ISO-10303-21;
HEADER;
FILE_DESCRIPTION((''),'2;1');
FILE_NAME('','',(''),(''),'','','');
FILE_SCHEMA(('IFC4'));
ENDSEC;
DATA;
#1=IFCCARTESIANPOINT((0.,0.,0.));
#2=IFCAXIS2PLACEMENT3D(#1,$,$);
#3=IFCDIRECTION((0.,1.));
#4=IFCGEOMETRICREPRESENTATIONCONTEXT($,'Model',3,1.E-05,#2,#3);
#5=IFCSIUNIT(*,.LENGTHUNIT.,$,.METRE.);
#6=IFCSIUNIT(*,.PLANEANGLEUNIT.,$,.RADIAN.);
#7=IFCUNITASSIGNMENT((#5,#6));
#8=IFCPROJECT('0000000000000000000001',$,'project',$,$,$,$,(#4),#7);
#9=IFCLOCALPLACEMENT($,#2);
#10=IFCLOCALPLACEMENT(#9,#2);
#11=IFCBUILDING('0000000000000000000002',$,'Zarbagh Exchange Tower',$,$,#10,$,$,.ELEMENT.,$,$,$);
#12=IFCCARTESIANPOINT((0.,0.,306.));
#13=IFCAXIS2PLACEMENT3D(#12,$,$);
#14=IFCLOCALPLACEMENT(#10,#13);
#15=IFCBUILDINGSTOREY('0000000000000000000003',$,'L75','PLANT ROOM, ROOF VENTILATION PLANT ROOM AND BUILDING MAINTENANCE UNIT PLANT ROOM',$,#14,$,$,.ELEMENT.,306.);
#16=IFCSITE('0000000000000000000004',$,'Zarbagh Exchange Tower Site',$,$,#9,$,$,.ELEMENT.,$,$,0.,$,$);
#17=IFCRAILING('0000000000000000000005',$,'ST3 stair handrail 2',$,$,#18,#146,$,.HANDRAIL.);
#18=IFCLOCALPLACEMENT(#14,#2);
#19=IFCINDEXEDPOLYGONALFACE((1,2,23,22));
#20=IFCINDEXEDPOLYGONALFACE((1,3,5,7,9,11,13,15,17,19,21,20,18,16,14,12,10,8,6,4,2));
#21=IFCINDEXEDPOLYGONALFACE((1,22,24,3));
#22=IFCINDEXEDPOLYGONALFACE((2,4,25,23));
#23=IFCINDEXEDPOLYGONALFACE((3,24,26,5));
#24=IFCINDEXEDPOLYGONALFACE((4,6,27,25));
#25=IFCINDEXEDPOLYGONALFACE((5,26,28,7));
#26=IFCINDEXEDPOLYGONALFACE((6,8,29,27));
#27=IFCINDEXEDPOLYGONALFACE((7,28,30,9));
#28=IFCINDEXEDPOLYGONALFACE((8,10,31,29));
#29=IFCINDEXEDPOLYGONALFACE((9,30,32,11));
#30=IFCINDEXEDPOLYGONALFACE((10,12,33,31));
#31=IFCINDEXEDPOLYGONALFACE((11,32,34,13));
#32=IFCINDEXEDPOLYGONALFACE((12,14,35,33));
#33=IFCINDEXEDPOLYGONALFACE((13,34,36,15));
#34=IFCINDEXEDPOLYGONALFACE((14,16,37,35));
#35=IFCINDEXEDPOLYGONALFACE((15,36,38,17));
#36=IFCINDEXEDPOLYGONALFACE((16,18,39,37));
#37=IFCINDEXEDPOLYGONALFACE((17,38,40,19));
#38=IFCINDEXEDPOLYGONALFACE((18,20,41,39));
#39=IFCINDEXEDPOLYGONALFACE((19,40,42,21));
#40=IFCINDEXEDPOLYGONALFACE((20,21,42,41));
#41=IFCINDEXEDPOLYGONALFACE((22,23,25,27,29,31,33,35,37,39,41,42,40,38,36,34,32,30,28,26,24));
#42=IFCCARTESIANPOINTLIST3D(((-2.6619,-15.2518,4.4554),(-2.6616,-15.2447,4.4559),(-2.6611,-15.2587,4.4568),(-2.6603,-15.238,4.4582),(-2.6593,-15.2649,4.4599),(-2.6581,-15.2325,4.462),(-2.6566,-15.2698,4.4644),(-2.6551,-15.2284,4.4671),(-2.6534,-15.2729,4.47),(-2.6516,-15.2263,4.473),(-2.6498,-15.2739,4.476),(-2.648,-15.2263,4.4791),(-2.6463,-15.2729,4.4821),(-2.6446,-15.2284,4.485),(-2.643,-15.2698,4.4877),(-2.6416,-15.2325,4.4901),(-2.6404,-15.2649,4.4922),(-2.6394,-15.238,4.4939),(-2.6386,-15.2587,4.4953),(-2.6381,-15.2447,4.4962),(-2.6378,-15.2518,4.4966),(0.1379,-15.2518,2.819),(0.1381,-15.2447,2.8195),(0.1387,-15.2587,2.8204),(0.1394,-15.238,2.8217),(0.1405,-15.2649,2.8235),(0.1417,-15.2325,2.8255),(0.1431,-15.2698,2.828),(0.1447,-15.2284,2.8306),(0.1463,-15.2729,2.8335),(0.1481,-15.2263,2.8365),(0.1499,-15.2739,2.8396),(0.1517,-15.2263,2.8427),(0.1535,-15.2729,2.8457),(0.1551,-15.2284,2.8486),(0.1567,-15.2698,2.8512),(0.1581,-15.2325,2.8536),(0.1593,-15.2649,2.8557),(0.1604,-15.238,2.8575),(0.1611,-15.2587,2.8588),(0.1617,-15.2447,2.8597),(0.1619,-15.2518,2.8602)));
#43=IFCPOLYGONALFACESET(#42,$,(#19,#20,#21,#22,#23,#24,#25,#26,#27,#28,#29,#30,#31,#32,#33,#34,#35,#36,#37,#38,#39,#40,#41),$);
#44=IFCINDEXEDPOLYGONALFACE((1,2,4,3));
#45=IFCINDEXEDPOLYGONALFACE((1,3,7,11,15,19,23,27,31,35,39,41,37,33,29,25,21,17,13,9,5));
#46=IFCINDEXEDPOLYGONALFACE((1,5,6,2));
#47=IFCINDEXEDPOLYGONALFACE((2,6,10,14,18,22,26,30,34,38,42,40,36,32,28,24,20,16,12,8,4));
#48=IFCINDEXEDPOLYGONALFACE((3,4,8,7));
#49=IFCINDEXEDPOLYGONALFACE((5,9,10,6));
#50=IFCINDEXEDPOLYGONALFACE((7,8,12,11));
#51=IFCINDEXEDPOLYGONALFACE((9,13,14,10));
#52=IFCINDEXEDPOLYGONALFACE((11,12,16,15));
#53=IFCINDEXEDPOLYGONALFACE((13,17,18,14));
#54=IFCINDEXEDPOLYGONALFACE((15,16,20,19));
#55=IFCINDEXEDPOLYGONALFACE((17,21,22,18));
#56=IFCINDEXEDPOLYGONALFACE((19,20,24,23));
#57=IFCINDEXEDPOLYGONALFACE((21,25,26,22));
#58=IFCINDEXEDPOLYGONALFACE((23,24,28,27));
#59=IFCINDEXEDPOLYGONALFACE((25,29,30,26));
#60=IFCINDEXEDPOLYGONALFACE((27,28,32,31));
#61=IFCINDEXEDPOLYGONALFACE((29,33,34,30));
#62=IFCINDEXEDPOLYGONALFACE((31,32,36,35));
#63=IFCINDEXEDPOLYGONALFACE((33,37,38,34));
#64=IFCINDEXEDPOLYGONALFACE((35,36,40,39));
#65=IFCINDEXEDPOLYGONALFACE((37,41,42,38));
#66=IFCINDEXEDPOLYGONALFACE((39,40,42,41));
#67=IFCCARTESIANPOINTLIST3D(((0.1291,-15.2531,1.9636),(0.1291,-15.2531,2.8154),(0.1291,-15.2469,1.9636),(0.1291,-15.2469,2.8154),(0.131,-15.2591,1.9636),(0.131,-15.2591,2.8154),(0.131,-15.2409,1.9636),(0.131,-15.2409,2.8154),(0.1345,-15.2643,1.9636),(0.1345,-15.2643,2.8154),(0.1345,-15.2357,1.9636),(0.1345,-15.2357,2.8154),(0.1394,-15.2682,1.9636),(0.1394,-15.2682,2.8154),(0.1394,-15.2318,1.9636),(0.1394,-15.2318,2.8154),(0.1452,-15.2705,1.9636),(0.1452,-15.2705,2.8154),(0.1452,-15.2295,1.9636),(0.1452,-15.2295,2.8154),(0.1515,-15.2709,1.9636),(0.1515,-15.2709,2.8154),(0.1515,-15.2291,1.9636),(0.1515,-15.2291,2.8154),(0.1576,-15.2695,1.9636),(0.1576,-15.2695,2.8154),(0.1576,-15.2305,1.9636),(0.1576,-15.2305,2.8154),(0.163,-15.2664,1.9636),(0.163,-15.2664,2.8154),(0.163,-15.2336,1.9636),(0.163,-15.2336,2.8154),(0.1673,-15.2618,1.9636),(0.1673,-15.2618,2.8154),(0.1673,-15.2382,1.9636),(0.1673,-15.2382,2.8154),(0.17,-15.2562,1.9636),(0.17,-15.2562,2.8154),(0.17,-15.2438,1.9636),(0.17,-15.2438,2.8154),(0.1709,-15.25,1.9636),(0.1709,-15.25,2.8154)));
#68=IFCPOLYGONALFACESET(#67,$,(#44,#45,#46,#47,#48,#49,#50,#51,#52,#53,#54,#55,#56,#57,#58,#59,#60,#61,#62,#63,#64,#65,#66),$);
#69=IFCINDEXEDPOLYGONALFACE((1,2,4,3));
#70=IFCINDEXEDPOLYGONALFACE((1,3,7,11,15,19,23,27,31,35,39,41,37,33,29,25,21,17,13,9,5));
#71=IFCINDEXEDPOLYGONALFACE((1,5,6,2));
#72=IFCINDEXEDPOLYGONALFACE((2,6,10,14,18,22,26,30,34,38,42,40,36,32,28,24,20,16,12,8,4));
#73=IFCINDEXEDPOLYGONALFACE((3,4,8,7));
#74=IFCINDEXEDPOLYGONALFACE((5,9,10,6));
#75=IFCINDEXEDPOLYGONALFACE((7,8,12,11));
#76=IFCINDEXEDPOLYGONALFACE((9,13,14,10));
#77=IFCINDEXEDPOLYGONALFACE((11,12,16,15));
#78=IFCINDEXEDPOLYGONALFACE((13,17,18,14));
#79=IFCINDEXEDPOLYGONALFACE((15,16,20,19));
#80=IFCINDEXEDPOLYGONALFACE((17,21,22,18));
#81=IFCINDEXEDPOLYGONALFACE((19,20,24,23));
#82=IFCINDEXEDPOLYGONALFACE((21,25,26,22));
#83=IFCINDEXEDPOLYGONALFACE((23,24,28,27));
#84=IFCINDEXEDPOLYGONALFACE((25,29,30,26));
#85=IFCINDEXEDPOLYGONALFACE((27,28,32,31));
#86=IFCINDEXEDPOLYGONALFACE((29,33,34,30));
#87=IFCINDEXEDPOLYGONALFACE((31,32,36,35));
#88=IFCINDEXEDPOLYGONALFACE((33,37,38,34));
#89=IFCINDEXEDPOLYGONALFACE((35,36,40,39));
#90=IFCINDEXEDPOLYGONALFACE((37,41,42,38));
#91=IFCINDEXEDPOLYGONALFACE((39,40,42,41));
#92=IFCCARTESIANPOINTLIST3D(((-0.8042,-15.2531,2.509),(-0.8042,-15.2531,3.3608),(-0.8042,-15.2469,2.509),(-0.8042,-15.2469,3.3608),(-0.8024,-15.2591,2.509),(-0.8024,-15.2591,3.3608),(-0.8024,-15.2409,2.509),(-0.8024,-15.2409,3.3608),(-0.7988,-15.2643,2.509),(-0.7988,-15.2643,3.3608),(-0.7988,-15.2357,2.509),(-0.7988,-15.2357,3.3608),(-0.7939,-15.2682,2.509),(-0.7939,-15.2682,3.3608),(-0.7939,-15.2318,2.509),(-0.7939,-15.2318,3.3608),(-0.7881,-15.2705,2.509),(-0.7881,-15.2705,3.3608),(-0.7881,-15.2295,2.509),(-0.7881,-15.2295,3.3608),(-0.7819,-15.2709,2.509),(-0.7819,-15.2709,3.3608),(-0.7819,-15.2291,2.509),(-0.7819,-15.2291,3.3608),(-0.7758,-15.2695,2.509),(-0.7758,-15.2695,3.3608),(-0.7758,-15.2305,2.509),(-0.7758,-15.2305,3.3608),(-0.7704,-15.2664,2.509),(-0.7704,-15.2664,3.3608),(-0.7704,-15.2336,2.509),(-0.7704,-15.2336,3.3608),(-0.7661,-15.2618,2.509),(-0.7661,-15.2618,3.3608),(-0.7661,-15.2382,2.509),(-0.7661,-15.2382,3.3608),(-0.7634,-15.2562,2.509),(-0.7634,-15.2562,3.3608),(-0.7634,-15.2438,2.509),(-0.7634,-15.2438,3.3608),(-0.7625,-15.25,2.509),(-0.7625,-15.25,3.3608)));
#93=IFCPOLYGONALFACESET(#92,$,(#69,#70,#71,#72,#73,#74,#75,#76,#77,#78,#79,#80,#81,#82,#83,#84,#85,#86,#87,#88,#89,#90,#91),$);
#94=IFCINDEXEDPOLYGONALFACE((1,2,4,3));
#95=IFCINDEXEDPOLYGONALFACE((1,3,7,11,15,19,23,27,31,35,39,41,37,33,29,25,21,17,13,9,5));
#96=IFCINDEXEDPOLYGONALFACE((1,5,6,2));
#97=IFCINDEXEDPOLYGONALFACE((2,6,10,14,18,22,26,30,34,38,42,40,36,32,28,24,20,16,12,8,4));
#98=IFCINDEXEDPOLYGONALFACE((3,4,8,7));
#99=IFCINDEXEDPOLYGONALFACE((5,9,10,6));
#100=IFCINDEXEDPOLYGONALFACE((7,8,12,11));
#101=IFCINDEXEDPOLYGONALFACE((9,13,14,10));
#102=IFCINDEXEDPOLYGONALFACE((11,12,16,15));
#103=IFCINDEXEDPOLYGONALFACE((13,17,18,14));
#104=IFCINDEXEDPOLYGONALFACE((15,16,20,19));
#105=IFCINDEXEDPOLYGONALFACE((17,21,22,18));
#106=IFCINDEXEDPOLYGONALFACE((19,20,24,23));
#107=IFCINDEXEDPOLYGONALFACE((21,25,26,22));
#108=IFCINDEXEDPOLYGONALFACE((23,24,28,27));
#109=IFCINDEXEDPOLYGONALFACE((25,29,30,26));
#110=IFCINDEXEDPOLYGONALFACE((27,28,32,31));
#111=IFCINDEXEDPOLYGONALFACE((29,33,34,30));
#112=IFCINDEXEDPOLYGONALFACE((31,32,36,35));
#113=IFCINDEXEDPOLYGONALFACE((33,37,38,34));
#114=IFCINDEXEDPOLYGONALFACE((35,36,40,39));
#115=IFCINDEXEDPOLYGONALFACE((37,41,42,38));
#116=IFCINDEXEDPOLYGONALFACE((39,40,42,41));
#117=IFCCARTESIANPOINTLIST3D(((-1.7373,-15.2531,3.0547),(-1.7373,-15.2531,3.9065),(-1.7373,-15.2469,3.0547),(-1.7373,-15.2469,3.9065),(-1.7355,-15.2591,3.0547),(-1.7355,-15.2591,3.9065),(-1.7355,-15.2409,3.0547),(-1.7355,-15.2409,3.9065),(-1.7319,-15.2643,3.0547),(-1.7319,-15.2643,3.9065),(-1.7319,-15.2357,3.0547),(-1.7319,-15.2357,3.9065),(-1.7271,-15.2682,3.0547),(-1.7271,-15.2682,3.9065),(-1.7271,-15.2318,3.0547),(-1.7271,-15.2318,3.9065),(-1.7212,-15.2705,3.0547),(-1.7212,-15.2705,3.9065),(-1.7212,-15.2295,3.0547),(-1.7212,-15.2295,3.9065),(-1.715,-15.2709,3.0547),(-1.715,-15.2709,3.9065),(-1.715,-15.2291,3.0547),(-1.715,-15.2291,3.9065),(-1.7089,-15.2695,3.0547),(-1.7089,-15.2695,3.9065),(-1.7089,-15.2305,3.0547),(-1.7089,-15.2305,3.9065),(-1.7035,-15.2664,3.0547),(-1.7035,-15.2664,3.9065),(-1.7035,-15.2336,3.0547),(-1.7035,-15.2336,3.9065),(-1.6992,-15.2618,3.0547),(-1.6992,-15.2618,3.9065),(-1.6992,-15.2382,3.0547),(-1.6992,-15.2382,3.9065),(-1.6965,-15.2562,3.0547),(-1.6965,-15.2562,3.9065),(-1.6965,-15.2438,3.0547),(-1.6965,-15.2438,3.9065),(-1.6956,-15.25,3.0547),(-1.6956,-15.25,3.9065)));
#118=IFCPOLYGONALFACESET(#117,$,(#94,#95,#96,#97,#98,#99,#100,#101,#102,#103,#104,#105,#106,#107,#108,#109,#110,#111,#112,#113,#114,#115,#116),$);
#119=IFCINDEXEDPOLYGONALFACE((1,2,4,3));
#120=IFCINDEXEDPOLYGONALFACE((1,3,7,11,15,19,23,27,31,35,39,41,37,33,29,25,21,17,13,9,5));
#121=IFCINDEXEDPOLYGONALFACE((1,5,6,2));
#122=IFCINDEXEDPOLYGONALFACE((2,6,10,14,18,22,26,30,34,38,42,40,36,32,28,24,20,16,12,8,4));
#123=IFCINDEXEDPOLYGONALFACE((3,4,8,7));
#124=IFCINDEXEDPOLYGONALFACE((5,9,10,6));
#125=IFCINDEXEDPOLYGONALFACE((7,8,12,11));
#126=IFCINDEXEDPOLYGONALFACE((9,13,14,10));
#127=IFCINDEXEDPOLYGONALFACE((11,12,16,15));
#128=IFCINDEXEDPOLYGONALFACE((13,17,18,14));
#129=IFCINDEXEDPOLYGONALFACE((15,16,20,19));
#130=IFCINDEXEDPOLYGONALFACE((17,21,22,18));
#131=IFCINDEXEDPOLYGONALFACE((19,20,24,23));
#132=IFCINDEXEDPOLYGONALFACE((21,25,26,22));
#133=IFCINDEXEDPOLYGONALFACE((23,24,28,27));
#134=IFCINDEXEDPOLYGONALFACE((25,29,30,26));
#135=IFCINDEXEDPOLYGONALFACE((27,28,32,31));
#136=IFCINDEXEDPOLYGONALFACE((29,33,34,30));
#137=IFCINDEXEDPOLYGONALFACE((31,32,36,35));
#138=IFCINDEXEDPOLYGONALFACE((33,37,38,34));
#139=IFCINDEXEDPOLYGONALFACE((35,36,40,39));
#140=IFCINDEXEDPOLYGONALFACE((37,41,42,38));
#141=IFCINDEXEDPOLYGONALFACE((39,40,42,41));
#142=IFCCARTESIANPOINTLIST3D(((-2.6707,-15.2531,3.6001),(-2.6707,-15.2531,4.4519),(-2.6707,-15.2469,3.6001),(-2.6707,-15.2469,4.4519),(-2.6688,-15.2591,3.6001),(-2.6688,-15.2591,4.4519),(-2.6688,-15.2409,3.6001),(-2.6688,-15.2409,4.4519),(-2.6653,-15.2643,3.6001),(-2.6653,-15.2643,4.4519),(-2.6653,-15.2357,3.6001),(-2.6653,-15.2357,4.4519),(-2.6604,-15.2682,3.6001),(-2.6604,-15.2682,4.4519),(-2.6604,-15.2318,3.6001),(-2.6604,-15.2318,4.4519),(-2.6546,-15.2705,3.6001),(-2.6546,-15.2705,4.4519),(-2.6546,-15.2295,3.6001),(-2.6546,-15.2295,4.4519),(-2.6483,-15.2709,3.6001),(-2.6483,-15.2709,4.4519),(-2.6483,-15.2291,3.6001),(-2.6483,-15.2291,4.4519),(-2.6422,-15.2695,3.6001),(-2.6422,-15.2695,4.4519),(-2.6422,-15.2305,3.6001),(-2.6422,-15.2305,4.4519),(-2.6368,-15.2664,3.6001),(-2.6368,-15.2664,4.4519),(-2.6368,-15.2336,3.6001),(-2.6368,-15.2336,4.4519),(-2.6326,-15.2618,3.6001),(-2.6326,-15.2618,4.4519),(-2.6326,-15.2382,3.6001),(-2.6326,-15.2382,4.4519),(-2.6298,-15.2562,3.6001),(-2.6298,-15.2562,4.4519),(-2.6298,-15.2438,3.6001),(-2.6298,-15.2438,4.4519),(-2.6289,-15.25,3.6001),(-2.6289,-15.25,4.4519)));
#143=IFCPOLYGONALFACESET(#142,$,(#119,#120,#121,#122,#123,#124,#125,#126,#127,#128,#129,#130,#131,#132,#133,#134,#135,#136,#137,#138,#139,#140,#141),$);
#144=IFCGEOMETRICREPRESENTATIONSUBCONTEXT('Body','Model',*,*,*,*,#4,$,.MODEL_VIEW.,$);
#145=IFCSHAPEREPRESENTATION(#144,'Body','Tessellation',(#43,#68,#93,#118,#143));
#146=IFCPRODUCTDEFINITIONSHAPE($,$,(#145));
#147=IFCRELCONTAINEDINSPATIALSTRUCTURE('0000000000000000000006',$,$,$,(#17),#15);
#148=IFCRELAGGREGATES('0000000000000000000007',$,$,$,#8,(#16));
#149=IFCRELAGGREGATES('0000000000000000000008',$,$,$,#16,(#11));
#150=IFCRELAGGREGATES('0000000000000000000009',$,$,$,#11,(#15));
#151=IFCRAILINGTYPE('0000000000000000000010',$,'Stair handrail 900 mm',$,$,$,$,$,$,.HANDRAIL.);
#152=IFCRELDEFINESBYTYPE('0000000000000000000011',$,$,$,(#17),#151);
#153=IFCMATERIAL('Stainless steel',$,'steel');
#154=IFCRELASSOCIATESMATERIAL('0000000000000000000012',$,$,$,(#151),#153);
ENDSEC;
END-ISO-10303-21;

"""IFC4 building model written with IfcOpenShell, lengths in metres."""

from ifc_helpers import new_model, si_unit, direction, frame, origin, origin_2d, place, context, subcontext, project, spatial, circle, extrude, material, type_object, element, save


model = new_model("IFC4")

# Units and contexts
model_context = context("Model", 3, precision=1e-05, world=origin(), true_north=direction((0.0, 1.0)))
body_context = subcontext(model_context, "Body", "Model", "MODEL_VIEW")
ifc_project = project(units=[si_unit("LENGTHUNIT", "METRE"), si_unit("PLANEANGLEUNIT", "RADIAN")], contexts=[model_context])

# Site, building, storey
site_placement = place(None, origin())
site = spatial("IfcSite", under=ifc_project, at=site_placement, Name="Zarbagh Exchange Tower Site", CompositionType="ELEMENT", RefElevation=0.0)
building_placement = place(site_placement, origin())
building = spatial("IfcBuilding", under=site, at=building_placement, Name="Zarbagh Exchange Tower", CompositionType="ELEMENT")
storey_placement = place(building_placement, frame((0.0, 0.0, 306.0)))
storey = spatial("IfcBuildingStorey", under=building, at=storey_placement, Name="L75", Description="PLANT ROOM, ROOF VENTILATION PLANT ROOM AND BUILDING MAINTENANCE UNIT PLANT ROOM", CompositionType="ELEMENT", Elevation=306.0)

# Shared definitions
ifc_material_1 = material(Name="Stainless steel", Category="steel")

# Railing
railing_type_1 = type_object("IfcRailingType", Name="Stair handrail 900 mm", PredefinedType="HANDRAIL", material=ifc_material_1)
railing_1_placement = place(storey_placement, frame((0.1499, -15.25, 1.9636)))
element("IfcRailing", 1, at=railing_1_placement, inside=storey, type_object=railing_type_1, Name="ST3 stair handrail 2", PredefinedType="HANDRAIL", context=body_context, shape_type="SweptSolid", body=[
    extrude(circle(Radius=0.0239, at=origin_2d()), frame((0.0, 0.0, 0.876), z_axis=(-0.863342, 0.0, 0.50462), x_axis=(0.0, -1.0, 0.0)), (0.0, 0.0, 1.0), 3.2429),
    extrude(circle(Radius=0.021, at=origin_2d()), origin(), (0.0, 0.0, 1.0), 0.8518),
    extrude(circle(Radius=0.021, at=origin_2d()), frame((-0.9333, 0.0, 0.5454)), (0.0, 0.0, 1.0), 0.8518),
    extrude(circle(Radius=0.021, at=origin_2d()), frame((-1.8665, 0.0, 1.0911)), (0.0, 0.0, 1.0), 0.8518),
    extrude(circle(Radius=0.021, at=origin_2d()), frame((-2.7998, 0.0, 1.6365)), (0.0, 0.0, 1.0), 0.8518),
])

save(model, "model.ifc")
